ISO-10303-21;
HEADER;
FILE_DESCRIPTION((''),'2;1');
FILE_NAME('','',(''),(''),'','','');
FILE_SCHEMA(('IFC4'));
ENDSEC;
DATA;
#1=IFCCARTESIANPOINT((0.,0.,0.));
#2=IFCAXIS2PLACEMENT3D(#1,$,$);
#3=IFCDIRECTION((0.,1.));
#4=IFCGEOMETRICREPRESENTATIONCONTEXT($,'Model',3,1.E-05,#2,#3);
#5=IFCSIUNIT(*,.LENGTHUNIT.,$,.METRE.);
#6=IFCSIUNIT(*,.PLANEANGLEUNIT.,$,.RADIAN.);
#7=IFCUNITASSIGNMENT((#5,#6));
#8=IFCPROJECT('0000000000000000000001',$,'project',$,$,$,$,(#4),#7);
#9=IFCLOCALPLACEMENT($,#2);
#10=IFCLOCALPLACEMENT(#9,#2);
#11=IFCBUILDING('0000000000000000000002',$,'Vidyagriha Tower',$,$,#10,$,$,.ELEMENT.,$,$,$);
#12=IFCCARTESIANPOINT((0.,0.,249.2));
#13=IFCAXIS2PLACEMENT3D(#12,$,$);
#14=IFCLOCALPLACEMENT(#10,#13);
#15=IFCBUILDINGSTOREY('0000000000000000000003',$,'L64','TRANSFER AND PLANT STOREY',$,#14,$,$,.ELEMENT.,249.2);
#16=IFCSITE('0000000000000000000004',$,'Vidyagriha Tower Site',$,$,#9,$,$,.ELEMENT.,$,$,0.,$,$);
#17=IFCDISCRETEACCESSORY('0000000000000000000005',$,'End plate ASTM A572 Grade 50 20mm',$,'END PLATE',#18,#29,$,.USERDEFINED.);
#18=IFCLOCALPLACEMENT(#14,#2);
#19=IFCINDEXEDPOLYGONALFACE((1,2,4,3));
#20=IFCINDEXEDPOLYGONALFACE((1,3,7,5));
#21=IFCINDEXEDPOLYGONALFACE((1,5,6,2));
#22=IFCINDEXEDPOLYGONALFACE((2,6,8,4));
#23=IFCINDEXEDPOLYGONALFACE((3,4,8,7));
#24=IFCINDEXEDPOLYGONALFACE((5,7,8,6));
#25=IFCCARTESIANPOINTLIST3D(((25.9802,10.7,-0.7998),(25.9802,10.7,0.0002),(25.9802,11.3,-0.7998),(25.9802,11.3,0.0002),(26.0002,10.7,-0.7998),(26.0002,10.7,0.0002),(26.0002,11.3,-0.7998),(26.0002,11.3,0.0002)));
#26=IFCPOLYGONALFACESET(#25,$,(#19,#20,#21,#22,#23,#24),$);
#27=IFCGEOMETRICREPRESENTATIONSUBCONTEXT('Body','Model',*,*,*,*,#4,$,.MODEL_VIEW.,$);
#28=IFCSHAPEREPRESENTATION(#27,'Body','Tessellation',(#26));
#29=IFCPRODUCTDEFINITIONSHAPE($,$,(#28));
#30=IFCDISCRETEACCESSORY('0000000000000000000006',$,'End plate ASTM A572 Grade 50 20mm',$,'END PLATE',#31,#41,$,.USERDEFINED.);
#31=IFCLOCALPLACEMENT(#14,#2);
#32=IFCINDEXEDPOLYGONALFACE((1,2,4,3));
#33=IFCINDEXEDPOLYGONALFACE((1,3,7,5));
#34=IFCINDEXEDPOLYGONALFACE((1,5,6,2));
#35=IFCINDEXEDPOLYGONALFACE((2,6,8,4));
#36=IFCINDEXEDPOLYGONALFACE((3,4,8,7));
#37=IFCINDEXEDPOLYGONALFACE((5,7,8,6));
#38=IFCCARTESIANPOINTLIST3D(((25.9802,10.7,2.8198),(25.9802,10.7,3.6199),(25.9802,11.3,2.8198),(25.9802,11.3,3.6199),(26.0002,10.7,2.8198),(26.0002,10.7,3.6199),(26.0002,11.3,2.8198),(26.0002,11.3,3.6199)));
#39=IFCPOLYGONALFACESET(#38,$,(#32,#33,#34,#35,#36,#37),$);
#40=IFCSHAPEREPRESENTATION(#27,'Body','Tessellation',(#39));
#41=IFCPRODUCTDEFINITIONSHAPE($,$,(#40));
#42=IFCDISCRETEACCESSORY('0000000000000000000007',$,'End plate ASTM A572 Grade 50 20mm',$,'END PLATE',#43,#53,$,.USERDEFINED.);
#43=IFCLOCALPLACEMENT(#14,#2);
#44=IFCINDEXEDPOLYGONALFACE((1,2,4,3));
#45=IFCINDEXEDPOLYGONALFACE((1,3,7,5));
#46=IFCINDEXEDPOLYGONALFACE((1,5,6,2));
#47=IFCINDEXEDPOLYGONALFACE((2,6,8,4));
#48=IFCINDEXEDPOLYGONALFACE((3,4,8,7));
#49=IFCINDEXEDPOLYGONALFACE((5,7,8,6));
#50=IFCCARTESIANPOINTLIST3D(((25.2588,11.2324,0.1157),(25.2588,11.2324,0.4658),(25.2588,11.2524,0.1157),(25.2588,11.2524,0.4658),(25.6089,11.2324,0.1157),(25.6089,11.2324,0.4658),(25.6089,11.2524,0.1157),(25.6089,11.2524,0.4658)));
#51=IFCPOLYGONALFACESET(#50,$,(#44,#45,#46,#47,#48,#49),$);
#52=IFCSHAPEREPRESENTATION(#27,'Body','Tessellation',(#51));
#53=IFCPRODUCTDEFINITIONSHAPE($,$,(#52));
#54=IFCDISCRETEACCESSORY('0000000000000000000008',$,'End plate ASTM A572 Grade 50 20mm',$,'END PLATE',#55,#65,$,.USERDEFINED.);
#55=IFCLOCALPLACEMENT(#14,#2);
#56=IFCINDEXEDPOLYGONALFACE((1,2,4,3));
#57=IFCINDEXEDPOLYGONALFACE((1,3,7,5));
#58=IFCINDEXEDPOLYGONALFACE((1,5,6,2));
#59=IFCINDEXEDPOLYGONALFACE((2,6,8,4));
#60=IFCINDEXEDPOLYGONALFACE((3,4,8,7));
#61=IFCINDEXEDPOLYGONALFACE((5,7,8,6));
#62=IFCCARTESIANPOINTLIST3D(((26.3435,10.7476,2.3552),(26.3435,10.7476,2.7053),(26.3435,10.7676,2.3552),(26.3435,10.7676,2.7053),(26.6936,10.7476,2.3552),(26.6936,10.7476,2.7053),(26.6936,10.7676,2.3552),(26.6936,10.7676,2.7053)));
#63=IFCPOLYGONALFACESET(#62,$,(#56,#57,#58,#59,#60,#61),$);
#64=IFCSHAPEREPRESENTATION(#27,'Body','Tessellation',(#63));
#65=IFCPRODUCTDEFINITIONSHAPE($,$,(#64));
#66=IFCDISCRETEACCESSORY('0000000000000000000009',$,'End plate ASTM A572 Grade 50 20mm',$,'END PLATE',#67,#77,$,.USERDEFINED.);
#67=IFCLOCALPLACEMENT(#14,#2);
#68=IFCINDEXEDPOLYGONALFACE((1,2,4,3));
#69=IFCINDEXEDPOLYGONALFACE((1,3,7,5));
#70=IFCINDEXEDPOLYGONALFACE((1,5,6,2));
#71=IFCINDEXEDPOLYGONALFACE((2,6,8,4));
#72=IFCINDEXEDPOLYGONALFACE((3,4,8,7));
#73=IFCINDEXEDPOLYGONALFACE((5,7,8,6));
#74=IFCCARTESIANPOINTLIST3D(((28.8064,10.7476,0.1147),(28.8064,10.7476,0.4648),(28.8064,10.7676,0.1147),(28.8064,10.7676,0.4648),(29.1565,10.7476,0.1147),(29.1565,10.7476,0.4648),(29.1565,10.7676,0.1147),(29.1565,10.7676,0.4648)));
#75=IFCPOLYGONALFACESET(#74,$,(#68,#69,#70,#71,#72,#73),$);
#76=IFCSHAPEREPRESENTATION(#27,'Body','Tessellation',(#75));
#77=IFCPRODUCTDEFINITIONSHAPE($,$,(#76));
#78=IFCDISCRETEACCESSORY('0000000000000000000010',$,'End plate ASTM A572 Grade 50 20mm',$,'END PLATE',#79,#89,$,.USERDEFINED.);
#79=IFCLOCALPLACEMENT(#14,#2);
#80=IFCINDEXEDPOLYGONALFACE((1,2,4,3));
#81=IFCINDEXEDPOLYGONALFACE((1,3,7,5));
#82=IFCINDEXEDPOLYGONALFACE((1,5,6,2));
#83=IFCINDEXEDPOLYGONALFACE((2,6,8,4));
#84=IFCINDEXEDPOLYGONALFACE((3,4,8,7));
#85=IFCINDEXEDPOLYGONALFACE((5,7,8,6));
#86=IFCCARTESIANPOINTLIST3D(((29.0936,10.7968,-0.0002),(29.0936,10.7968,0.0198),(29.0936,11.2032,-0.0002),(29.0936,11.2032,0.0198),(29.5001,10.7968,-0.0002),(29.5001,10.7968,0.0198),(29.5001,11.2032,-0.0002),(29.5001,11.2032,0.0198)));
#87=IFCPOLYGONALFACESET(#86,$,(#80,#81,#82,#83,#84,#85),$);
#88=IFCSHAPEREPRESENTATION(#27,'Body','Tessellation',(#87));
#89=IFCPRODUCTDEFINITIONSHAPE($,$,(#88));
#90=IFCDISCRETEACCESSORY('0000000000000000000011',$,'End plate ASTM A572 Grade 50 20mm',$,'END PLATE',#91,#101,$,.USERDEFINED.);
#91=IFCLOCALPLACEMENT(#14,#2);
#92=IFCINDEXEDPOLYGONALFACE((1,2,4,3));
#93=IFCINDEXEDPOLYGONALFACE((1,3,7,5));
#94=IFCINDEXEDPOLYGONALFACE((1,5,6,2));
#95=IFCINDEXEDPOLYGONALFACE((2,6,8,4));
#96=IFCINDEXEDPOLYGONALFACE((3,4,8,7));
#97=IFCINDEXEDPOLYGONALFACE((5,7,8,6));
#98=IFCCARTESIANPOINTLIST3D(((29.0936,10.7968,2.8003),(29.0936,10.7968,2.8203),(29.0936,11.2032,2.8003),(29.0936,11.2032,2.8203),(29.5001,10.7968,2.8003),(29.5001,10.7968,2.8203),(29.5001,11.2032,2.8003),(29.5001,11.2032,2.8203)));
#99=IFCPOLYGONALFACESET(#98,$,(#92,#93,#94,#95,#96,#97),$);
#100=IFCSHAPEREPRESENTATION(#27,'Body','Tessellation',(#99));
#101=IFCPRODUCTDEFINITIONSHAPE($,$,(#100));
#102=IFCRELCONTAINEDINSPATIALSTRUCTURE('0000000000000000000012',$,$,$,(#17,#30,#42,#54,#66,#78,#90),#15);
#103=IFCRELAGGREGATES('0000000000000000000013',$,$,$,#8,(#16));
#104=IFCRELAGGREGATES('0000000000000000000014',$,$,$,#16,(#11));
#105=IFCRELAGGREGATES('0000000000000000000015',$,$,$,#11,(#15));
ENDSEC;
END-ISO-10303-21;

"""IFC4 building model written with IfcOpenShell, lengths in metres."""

from ifc_helpers import new_model, si_unit, direction, frame, origin, origin_2d, place, context, subcontext, project, spatial, rectangle, extrude, element, save


model = new_model("IFC4")

# Units and contexts
model_context = context("Model", 3, precision=1e-05, world=origin(), true_north=direction((0.0, 1.0)))
body_context = subcontext(model_context, "Body", "Model", "MODEL_VIEW")
ifc_project = project(units=[si_unit("LENGTHUNIT", "METRE"), si_unit("PLANEANGLEUNIT", "RADIAN")], contexts=[model_context])

# Site, building, storey
site_placement = place(None, origin())
site = spatial("IfcSite", under=ifc_project, at=site_placement, Name="Vidyagriha Tower Site", CompositionType="ELEMENT", RefElevation=0.0)
building_placement = place(site_placement, origin())
building = spatial("IfcBuilding", under=site, at=building_placement, Name="Vidyagriha Tower", CompositionType="ELEMENT")
storey_placement = place(building_placement, frame((0.0, 0.0, 249.2)))
storey = spatial("IfcBuildingStorey", under=building, at=storey_placement, Name="L64", Description="TRANSFER AND PLANT STOREY", CompositionType="ELEMENT", Elevation=249.2)

# Discrete accessories
for number, where, name in (
    (1, (25.9902, 11.0, -0.7998), "End plate ASTM A572 Grade 50 20mm"),
    (2, (25.9902, 11.0, 2.8198), "End plate ASTM A572 Grade 50 20mm"),
):
    element("IfcDiscreteAccessory", number, at=place(storey_placement, frame(where)), inside=storey, Name=name, ObjectType="END PLATE", PredefinedType="USERDEFINED", context=body_context, shape_type="SweptSolid", body=[
        extrude(rectangle(XDim=0.02, YDim=0.6001, at=origin_2d()), origin(), (0.0, 0.0, 1.0), 0.8),
    ])
discrete_accessory_1_placement = place(storey_placement, frame((25.4338, 11.2424, 0.1157)))
element("IfcDiscreteAccessory", 3, at=discrete_accessory_1_placement, inside=storey, Name="End plate ASTM A572 Grade 50 20mm", ObjectType="END PLATE", PredefinedType="USERDEFINED", context=body_context, shape_type="SweptSolid", body=[
    extrude(rectangle(XDim=0.3501, YDim=0.02, at=origin_2d()), origin(), (0.0, 0.0, 1.0), 0.3501),
])
discrete_accessory_2_placement = place(storey_placement, frame((26.5186, 10.7576, 2.3552), z_axis=(0.0, 0.0, 1.0), x_axis=(-1.0, 0.0, 0.0)))
element("IfcDiscreteAccessory", 4, at=discrete_accessory_2_placement, inside=storey, Name="End plate ASTM A572 Grade 50 20mm", ObjectType="END PLATE", PredefinedType="USERDEFINED", context=body_context, shape_type="SweptSolid", body=[
    extrude(rectangle(XDim=0.3501, YDim=0.02, at=origin_2d()), origin(), (0.0, 0.0, 1.0), 0.3501),
])
discrete_accessory_3_placement = place(storey_placement, frame((28.9814, 10.7576, 0.1147)))
element("IfcDiscreteAccessory", 5, at=discrete_accessory_3_placement, inside=storey, Name="End plate ASTM A572 Grade 50 20mm", ObjectType="END PLATE", PredefinedType="USERDEFINED", context=body_context, shape_type="SweptSolid", body=[
    extrude(rectangle(XDim=0.3501, YDim=0.02, at=origin_2d()), origin(), (0.0, 0.0, 1.0), 0.3501),
])
for number, where, name in (
    (6, (29.2969, 11.0, -0.0002), "End plate ASTM A572 Grade 50 20mm"),
    (7, (29.2969, 11.0, 2.8003), "End plate ASTM A572 Grade 50 20mm"),
):
    element("IfcDiscreteAccessory", number, at=place(storey_placement, frame(where)), inside=storey, Name=name, ObjectType="END PLATE", PredefinedType="USERDEFINED", context=body_context, shape_type="SweptSolid", body=[
        extrude(rectangle(XDim=0.4065, YDim=0.4065, at=origin_2d()), origin(), (0.0, 0.0, 1.0), 0.02),
    ])

save(model, "model.ifc")
